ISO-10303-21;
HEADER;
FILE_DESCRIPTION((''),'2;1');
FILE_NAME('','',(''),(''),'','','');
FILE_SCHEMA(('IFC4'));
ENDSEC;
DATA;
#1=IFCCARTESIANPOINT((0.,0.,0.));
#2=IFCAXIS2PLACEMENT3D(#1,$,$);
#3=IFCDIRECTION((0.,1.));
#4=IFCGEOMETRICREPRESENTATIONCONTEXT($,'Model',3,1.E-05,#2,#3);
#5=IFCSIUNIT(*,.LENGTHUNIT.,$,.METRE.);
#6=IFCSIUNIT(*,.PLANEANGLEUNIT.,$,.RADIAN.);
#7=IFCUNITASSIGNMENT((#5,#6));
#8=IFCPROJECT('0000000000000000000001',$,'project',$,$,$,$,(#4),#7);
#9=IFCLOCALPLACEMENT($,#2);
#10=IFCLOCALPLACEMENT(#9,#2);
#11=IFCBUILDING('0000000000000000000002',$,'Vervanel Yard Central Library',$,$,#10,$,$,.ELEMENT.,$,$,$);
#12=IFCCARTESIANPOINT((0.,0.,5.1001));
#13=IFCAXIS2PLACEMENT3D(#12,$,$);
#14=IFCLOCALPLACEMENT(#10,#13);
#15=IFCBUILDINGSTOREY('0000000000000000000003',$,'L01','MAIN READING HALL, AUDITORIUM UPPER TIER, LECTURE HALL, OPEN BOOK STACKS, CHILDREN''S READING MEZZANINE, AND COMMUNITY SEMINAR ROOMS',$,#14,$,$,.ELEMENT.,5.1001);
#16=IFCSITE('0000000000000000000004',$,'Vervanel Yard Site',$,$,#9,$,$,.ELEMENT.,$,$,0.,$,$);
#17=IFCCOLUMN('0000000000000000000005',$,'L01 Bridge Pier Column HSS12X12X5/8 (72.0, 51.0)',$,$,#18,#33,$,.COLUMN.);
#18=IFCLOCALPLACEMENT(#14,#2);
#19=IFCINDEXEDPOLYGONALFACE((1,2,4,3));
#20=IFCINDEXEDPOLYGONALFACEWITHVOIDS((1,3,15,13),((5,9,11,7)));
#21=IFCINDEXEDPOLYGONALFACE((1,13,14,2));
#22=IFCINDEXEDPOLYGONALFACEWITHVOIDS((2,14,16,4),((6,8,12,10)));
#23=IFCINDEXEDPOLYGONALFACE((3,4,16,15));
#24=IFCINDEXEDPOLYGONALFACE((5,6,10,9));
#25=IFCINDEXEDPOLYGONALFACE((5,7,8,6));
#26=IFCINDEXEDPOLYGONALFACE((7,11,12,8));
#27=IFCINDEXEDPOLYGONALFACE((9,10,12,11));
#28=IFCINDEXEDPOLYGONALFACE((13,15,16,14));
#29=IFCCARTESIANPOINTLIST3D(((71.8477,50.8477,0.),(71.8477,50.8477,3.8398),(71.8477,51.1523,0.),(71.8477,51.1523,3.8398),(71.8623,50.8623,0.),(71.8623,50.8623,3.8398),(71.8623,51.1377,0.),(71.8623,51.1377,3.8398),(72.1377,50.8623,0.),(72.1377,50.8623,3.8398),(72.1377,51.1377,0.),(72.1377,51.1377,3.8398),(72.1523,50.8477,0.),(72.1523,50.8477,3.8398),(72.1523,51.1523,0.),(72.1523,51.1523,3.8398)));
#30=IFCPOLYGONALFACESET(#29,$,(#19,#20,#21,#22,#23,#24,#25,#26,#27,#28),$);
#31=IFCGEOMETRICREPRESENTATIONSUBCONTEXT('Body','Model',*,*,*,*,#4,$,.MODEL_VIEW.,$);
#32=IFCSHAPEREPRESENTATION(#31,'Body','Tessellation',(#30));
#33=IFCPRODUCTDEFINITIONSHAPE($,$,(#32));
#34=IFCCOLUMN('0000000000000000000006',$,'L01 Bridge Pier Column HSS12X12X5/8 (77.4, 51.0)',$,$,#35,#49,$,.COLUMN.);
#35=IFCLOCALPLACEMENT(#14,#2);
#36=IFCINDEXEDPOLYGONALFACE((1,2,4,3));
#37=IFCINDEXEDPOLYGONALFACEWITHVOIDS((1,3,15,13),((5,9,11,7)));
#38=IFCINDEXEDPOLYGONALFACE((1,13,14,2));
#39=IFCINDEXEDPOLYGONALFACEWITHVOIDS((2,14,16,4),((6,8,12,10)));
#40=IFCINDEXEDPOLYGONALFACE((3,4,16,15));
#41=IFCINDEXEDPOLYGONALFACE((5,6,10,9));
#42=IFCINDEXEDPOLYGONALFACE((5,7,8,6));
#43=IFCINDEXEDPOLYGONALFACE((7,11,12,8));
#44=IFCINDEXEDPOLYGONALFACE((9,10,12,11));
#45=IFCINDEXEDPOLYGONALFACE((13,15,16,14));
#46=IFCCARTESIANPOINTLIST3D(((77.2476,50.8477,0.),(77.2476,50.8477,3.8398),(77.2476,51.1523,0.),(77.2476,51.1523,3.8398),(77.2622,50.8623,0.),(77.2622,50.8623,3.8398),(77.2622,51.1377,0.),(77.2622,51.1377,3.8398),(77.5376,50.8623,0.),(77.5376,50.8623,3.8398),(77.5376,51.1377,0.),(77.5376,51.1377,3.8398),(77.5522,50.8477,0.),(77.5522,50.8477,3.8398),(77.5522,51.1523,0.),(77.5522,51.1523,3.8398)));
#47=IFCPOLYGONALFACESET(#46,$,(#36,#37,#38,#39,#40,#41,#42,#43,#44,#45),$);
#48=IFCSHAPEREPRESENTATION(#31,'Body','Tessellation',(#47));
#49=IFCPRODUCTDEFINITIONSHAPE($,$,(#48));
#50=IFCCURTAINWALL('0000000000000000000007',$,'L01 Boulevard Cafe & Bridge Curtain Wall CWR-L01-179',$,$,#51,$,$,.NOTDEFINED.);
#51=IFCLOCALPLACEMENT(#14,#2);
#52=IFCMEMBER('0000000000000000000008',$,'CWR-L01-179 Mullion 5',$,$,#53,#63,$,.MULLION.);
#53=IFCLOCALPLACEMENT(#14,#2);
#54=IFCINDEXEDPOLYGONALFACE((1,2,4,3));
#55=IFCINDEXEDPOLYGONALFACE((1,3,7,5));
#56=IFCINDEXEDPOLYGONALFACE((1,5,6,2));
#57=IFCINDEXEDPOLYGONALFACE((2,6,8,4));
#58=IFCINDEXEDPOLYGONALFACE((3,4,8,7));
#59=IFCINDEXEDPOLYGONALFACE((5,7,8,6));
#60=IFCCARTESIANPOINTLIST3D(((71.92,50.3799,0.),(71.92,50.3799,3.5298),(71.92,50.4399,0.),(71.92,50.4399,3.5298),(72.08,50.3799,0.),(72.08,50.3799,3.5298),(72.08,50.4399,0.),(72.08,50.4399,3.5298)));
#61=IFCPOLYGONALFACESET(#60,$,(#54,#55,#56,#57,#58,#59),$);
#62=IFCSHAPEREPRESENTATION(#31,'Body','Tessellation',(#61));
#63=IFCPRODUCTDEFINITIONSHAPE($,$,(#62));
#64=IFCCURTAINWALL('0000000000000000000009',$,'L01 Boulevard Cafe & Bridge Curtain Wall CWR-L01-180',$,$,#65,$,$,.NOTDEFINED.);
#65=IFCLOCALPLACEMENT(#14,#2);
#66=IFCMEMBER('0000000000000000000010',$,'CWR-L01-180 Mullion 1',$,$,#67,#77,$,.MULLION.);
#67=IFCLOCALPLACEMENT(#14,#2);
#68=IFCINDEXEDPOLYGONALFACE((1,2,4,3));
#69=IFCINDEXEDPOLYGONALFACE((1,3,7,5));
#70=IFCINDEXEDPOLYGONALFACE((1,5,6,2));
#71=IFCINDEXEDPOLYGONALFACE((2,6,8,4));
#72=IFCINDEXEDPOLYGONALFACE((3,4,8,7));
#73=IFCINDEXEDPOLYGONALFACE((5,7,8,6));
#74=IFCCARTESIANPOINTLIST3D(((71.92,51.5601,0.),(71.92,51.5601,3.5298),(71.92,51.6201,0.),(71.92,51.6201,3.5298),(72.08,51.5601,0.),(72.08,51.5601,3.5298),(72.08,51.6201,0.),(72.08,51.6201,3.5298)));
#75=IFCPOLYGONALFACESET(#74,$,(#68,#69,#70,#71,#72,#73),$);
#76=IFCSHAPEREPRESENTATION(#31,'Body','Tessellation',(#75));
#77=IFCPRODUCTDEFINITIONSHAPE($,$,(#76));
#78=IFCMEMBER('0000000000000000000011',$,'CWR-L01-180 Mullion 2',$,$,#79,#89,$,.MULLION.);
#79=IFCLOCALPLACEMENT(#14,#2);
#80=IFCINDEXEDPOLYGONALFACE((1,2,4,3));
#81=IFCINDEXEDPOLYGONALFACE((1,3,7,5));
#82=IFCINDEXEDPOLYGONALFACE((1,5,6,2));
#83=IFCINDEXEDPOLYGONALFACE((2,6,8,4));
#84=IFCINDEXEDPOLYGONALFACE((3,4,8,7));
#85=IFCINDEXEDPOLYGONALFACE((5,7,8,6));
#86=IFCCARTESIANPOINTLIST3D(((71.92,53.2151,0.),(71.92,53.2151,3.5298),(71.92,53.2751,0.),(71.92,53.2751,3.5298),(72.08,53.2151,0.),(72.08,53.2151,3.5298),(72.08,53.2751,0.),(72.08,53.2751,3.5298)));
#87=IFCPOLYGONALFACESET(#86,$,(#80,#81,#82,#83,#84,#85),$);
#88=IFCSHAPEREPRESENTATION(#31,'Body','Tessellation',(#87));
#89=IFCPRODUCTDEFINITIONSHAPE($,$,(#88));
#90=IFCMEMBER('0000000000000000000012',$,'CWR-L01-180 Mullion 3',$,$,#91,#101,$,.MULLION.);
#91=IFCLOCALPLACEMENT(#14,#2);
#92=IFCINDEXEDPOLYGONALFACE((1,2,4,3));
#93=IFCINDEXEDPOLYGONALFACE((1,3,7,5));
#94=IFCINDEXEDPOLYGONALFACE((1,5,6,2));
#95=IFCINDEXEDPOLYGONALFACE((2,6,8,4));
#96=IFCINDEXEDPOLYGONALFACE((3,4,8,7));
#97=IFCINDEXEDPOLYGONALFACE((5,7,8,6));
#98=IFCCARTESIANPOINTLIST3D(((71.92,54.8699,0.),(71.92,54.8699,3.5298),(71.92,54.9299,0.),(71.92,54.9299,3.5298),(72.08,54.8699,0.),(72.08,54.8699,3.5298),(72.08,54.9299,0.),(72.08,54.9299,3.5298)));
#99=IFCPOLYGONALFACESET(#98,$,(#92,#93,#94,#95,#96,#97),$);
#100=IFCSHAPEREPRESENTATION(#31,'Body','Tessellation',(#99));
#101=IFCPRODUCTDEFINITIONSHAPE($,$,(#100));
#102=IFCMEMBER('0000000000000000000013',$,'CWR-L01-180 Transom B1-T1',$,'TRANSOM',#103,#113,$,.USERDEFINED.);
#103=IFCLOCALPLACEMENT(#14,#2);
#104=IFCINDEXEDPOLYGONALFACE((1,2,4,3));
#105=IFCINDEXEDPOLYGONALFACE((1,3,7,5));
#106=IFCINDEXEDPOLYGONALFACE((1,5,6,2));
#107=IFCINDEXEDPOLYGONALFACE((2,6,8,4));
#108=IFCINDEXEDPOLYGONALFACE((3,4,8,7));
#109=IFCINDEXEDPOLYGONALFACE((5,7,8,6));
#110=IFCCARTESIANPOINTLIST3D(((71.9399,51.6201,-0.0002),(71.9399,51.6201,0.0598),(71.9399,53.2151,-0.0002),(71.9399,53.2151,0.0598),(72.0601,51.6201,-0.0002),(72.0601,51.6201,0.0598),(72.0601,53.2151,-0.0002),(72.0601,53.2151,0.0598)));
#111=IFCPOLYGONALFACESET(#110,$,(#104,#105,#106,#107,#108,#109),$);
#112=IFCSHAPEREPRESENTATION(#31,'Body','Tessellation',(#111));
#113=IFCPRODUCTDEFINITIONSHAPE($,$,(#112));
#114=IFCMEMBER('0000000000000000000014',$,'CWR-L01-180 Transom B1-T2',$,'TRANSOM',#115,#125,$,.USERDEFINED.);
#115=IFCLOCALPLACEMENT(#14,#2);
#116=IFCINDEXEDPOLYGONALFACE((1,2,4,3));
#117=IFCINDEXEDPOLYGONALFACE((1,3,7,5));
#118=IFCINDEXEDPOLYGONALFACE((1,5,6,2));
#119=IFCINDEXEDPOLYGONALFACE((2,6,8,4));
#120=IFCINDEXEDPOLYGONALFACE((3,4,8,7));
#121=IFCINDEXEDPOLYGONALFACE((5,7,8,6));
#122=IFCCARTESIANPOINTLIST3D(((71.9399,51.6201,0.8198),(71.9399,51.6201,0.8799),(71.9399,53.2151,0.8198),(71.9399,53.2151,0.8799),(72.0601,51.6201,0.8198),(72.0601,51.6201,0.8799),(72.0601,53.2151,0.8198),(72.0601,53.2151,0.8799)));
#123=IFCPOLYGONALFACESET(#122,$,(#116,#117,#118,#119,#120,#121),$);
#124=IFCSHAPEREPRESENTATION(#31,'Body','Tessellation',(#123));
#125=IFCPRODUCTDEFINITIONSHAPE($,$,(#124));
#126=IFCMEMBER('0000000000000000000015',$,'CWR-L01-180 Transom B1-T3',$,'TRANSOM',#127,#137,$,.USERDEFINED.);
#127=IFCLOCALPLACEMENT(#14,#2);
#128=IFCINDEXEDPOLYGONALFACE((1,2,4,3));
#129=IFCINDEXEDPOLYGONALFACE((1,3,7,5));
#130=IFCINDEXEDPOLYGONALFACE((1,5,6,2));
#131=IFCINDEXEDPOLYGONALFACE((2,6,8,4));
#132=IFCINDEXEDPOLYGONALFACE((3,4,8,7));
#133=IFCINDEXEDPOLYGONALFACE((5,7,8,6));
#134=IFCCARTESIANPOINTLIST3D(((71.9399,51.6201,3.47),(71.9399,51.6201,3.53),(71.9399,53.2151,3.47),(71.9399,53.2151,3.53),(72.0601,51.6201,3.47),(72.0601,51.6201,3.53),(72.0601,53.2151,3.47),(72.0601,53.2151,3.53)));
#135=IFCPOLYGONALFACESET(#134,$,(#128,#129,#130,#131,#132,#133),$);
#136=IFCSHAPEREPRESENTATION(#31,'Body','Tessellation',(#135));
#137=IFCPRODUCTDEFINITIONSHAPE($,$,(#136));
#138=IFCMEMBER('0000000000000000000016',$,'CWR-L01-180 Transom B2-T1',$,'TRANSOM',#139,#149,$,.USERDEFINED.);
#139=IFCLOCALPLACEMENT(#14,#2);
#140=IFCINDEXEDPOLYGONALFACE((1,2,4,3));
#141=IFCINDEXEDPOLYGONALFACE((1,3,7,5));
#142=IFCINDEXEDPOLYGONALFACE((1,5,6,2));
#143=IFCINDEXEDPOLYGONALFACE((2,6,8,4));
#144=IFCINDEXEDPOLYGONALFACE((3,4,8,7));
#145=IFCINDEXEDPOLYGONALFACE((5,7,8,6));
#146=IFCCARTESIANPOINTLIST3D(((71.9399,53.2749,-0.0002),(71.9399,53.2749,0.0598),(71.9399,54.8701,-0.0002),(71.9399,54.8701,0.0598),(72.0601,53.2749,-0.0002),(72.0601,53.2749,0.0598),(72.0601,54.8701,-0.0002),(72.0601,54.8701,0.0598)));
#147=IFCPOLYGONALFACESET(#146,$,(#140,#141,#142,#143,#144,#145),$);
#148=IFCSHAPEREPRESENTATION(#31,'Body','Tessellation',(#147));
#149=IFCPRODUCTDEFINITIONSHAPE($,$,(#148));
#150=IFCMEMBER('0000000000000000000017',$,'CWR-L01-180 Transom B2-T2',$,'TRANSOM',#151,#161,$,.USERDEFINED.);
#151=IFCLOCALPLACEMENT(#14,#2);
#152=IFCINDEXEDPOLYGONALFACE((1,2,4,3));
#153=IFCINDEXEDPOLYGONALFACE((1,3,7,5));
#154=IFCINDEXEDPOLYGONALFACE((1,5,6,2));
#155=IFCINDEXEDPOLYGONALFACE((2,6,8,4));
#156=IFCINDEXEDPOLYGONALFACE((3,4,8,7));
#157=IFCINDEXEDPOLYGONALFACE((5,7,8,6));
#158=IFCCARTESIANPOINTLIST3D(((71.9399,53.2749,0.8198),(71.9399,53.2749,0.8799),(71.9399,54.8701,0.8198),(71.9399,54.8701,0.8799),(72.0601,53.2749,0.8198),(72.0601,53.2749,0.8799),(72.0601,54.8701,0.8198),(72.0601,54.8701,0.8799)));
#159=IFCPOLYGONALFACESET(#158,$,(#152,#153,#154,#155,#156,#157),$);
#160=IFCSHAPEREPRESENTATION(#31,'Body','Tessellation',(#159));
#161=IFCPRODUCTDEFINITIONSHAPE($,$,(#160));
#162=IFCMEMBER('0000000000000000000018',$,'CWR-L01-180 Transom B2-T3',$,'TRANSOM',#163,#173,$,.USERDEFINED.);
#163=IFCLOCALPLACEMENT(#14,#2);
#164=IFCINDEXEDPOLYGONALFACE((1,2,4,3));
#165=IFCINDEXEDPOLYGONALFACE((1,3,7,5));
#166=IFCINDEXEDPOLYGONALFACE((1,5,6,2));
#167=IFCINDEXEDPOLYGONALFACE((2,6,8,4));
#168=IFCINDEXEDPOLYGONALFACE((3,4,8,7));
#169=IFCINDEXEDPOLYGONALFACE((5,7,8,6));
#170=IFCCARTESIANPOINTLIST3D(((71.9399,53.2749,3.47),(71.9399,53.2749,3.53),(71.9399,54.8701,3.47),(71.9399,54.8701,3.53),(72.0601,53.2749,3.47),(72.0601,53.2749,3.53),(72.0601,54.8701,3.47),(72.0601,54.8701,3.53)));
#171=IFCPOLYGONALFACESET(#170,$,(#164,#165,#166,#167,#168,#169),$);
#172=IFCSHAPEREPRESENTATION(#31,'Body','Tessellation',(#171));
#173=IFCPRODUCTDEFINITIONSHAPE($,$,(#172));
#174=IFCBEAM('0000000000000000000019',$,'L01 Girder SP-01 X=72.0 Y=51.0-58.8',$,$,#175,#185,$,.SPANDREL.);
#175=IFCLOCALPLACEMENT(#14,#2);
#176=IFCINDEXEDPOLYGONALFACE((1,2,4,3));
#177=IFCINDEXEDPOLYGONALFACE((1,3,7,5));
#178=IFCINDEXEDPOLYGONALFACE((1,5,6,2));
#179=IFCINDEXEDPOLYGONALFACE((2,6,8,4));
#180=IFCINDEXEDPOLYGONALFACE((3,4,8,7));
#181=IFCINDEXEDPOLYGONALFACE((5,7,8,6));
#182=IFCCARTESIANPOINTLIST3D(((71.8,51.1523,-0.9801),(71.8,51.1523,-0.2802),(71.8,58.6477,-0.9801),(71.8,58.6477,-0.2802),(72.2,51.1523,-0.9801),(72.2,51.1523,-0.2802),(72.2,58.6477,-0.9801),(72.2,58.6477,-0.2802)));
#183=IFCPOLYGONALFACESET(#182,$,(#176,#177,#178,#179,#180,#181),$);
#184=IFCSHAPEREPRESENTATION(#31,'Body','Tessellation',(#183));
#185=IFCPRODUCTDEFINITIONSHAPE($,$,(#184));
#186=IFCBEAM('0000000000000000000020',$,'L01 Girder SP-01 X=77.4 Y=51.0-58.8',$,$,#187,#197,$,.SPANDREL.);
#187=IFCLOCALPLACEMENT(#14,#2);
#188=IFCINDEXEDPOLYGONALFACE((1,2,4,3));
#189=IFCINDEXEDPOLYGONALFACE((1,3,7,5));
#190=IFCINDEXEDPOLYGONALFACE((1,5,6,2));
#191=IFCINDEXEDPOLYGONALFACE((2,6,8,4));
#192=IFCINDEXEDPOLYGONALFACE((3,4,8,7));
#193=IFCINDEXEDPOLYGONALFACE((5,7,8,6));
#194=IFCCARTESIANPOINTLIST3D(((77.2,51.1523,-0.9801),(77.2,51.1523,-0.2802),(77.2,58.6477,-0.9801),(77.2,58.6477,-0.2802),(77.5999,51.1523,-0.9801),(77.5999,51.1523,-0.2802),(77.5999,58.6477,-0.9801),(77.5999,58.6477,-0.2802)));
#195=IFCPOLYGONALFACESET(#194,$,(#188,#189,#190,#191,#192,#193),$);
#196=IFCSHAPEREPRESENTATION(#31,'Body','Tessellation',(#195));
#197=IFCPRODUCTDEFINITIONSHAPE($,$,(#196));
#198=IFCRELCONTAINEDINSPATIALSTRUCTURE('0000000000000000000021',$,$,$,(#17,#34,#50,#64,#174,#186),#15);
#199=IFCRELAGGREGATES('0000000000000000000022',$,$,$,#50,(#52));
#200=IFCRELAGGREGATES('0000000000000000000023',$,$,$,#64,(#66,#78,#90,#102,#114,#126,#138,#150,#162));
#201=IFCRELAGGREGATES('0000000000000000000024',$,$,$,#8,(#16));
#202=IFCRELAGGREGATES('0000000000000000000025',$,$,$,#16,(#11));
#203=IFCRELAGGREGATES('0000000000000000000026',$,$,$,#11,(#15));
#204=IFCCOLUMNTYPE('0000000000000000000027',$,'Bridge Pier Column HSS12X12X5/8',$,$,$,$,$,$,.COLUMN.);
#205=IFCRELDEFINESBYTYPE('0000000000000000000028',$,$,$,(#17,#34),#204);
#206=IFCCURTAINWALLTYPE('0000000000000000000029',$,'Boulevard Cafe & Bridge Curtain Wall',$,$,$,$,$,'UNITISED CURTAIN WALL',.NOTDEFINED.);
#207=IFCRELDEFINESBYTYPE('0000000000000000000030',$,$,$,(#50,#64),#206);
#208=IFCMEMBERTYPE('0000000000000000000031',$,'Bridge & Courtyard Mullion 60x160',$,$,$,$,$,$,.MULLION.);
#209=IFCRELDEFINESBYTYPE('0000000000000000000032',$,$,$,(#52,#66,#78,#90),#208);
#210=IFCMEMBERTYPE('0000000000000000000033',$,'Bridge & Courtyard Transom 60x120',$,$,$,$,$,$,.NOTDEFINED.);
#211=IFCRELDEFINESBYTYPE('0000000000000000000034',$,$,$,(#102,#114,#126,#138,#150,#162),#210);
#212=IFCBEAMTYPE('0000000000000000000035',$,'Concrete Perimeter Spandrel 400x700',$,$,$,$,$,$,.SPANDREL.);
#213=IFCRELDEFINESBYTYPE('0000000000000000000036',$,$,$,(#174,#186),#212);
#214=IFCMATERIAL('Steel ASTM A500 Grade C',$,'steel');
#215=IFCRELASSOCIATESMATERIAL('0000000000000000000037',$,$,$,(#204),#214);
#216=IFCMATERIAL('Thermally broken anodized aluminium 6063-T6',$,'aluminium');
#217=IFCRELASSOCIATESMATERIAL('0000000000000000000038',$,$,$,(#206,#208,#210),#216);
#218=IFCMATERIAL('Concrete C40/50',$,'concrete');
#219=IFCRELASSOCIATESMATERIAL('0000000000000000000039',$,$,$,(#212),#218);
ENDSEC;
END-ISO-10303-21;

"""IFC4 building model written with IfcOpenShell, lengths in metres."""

from ifc_helpers import new_model, si_unit, direction, frame, origin, origin_2d, place, context, subcontext, project, spatial, rectangle, hollow_rectangle, extrude, material, material_profile, profile_set, type_object, element, aggregate, save


model = new_model("IFC4")

# Units and contexts
model_context = context("Model", 3, precision=1e-05, world=origin(), true_north=direction((0.0, 1.0)))
body_context = subcontext(model_context, "Body", "Model", "MODEL_VIEW")
ifc_project = project(units=[si_unit("LENGTHUNIT", "METRE"), si_unit("PLANEANGLEUNIT", "RADIAN")], contexts=[model_context])

# Site, building, storey
site_placement = place(None, origin())
site = spatial("IfcSite", under=ifc_project, at=site_placement, Name="Vervanel Yard Site", CompositionType="ELEMENT", RefElevation=0.0)
building_placement = place(site_placement, origin())
building = spatial("IfcBuilding", under=site, at=building_placement, Name="Vervanel Yard Central Library", CompositionType="ELEMENT")
storey_placement = place(building_placement, frame((0.0, 0.0, 5.1001)))
storey = spatial("IfcBuildingStorey", under=building, at=storey_placement, Name="L01", Description="MAIN READING HALL, AUDITORIUM UPPER TIER, LECTURE HALL, OPEN BOOK STACKS, CHILDREN'S READING MEZZANINE, AND COMMUNITY SEMINAR ROOMS", CompositionType="ELEMENT", Elevation=5.1001)

# Columns
ifc_material_1 = material(Name="Steel ASTM A500 Grade C", Category="steel")
ifc_material_profile_1 = material_profile(ifc_material_1, hollow_rectangle(XDim=0.3047, YDim=0.3047, WallThickness=0.0146, at=origin_2d()), Name="HSS12X12X5/8", Category="steel")
ifc_profile_set_1 = profile_set([ifc_material_profile_1], Name="Steel ASTM A500 Grade C")
column_type = type_object("IfcColumnType", Name="Bridge Pier Column HSS12X12X5/8", PredefinedType="COLUMN", material=ifc_profile_set_1)
for number, where, z_axis, x_axis, name in (
    (1, (72.0, 51.0, 0.0), (0.0, 0.0, 1.0), (1.0, 0.0, 0.0), "L01 Bridge Pier Column HSS12X12X5/8 (72.0, 51.0)"),
    (2, (77.3999, 51.0, 0.0), (0.0, 0.0, 1.0), (1.0, 0.0, 0.0), "L01 Bridge Pier Column HSS12X12X5/8 (77.4, 51.0)"),
):
    element("IfcColumn", number, at=place(storey_placement, frame(where, z_axis=z_axis, x_axis=x_axis)), inside=storey, type_object=column_type, Name=name, PredefinedType="COLUMN", context=body_context, shape_type="SweptSolid", body=[
        extrude(hollow_rectangle(XDim=0.3047, YDim=0.3047, WallThickness=0.0146, at=origin_2d()), origin(), (0.0, 0.0, 1.0), 3.8398),
    ])

# Curtain wall, member
ifc_material_2 = material(Name="Thermally broken anodized aluminium 6063-T6", Category="aluminium")
curtain_wall_type = type_object("IfcCurtainWallType", Name="Boulevard Cafe & Bridge Curtain Wall", ElementType="UNITISED CURTAIN WALL", PredefinedType="NOTDEFINED", material=ifc_material_2)
curtain_wall_1_placement = place(storey_placement, origin())
curtain_wall_1 = element("IfcCurtainWall", 3, at=curtain_wall_1_placement, inside=storey, type_object=curtain_wall_type, Name="L01 Boulevard Cafe & Bridge Curtain Wall CWR-L01-179", PredefinedType="NOTDEFINED")
ifc_material_profile_2 = material_profile(ifc_material_2, rectangle(XDim=0.0601, YDim=0.1599, at=origin_2d()), Name="ALU 60x160", Category="aluminium")
ifc_profile_set_2 = profile_set([ifc_material_profile_2], Name="Thermally broken anodized aluminium 6063-T6")
member_type_1 = type_object("IfcMemberType", Name="Bridge & Courtyard Mullion 60x160", PredefinedType="MULLION", material=ifc_profile_set_2)
member_1_placement = place(storey_placement, frame((72.0, 50.4099, 0.0), z_axis=(0.0, 0.0, 1.0), x_axis=(0.0, 1.0, 0.0)))
member_1 = element("IfcMember", 4, at=member_1_placement, type_object=member_type_1, Name="CWR-L01-179 Mullion 5", PredefinedType="MULLION", context=body_context, shape_type="SweptSolid", body=[
    extrude(rectangle(XDim=0.0601, YDim=0.1599, at=origin_2d()), origin(), (0.0, 0.0, 1.0), 3.5298),
])
aggregate(curtain_wall_1, [member_1])

# Curtain wall, members
curtain_wall_2_placement = place(storey_placement, origin())
curtain_wall_2 = element("IfcCurtainWall", 5, at=curtain_wall_2_placement, inside=storey, type_object=curtain_wall_type, Name="L01 Boulevard Cafe & Bridge Curtain Wall CWR-L01-180", PredefinedType="NOTDEFINED")
member_2_placement = place(storey_placement, frame((72.0, 51.5901, 0.0), z_axis=(0.0, 0.0, 1.0), x_axis=(0.0, 1.0, 0.0)))
member_2 = element("IfcMember", 6, at=member_2_placement, type_object=member_type_1, Name="CWR-L01-180 Mullion 1", PredefinedType="MULLION", context=body_context, shape_type="SweptSolid", body=[
    extrude(rectangle(XDim=0.0601, YDim=0.1599, at=origin_2d()), origin(), (0.0, 0.0, 1.0), 3.5298),
])
member_3_placement = place(storey_placement, frame((72.0, 53.2451, 0.0), z_axis=(0.0, 0.0, 1.0), x_axis=(0.0, 1.0, 0.0)))
member_3 = element("IfcMember", 7, at=member_3_placement, type_object=member_type_1, Name="CWR-L01-180 Mullion 2", PredefinedType="MULLION", context=body_context, shape_type="SweptSolid", body=[
    extrude(rectangle(XDim=0.0601, YDim=0.1599, at=origin_2d()), origin(), (0.0, 0.0, 1.0), 3.5298),
])
member_4_placement = place(storey_placement, frame((72.0, 54.8999, 0.0), z_axis=(0.0, 0.0, 1.0), x_axis=(0.0, 1.0, 0.0)))
member_4 = element("IfcMember", 8, at=member_4_placement, type_object=member_type_1, Name="CWR-L01-180 Mullion 3", PredefinedType="MULLION", context=body_context, shape_type="SweptSolid", body=[
    extrude(rectangle(XDim=0.0601, YDim=0.1599, at=origin_2d()), origin(), (0.0, 0.0, 1.0), 3.5298),
])
ifc_material_profile_3 = material_profile(ifc_material_2, rectangle(XDim=0.0601, YDim=0.1201, at=origin_2d()), Name="ALU 60x120", Category="aluminium")
ifc_profile_set_3 = profile_set([ifc_material_profile_3], Name="Thermally broken anodized aluminium 6063-T6")
member_type_2 = type_object("IfcMemberType", Name="Bridge & Courtyard Transom 60x120", PredefinedType="NOTDEFINED", material=ifc_profile_set_3)
member_5_placement = place(storey_placement, frame((72.0, 51.6201, 0.0298), z_axis=(0.0, 1.0, 0.0), x_axis=(0.0, 0.0, 1.0)))
member_5 = element("IfcMember", 9, at=member_5_placement, type_object=member_type_2, Name="CWR-L01-180 Transom B1-T1", ObjectType="TRANSOM", PredefinedType="USERDEFINED", context=body_context, shape_type="SweptSolid", body=[
    extrude(rectangle(XDim=0.0601, YDim=0.1201, at=origin_2d()), origin(), (0.0, 0.0, 1.0), 1.595),
])
member_6_placement = place(storey_placement, frame((72.0, 51.6201, 0.8499), z_axis=(0.0, 1.0, 0.0), x_axis=(0.0, 0.0, 1.0)))
member_6 = element("IfcMember", 10, at=member_6_placement, type_object=member_type_2, Name="CWR-L01-180 Transom B1-T2", ObjectType="TRANSOM", PredefinedType="USERDEFINED", context=body_context, shape_type="SweptSolid", body=[
    extrude(rectangle(XDim=0.0601, YDim=0.1201, at=origin_2d()), origin(), (0.0, 0.0, 1.0), 1.595),
])
member_7_placement = place(storey_placement, frame((72.0, 51.6201, 3.5), z_axis=(0.0, 1.0, 0.0), x_axis=(0.0, 0.0, 1.0)))
member_7 = element("IfcMember", 11, at=member_7_placement, type_object=member_type_2, Name="CWR-L01-180 Transom B1-T3", ObjectType="TRANSOM", PredefinedType="USERDEFINED", context=body_context, shape_type="SweptSolid", body=[
    extrude(rectangle(XDim=0.0601, YDim=0.1201, at=origin_2d()), origin(), (0.0, 0.0, 1.0), 1.595),
])
member_8_placement = place(storey_placement, frame((72.0, 53.2749, 0.0298), z_axis=(0.0, 1.0, 0.0), x_axis=(0.0, 0.0, 1.0)))
member_8 = element("IfcMember", 12, at=member_8_placement, type_object=member_type_2, Name="CWR-L01-180 Transom B2-T1", ObjectType="TRANSOM", PredefinedType="USERDEFINED", context=body_context, shape_type="SweptSolid", body=[
    extrude(rectangle(XDim=0.0601, YDim=0.1201, at=origin_2d()), origin(), (0.0, 0.0, 1.0), 1.5952),
])
member_9_placement = place(storey_placement, frame((72.0, 53.2749, 0.8499), z_axis=(0.0, 1.0, 0.0), x_axis=(0.0, 0.0, 1.0)))
member_9 = element("IfcMember", 13, at=member_9_placement, type_object=member_type_2, Name="CWR-L01-180 Transom B2-T2", ObjectType="TRANSOM", PredefinedType="USERDEFINED", context=body_context, shape_type="SweptSolid", body=[
    extrude(rectangle(XDim=0.0601, YDim=0.1201, at=origin_2d()), origin(), (0.0, 0.0, 1.0), 1.5952),
])
member_10_placement = place(storey_placement, frame((72.0, 53.2749, 3.5), z_axis=(0.0, 1.0, 0.0), x_axis=(0.0, 0.0, 1.0)))
member_10 = element("IfcMember", 14, at=member_10_placement, type_object=member_type_2, Name="CWR-L01-180 Transom B2-T3", ObjectType="TRANSOM", PredefinedType="USERDEFINED", context=body_context, shape_type="SweptSolid", body=[
    extrude(rectangle(XDim=0.0601, YDim=0.1201, at=origin_2d()), origin(), (0.0, 0.0, 1.0), 1.5952),
])

# Beams
ifc_material_3 = material(Name="Concrete C40/50", Category="concrete")
ifc_material_profile_4 = material_profile(ifc_material_3, rectangle(XDim=0.3999, YDim=0.7, at=origin_2d()), Name="RC 400x700", Category="concrete")
ifc_profile_set_4 = profile_set([ifc_material_profile_4], Name="Concrete C40/50")
beam_type_1 = type_object("IfcBeamType", Name="Concrete Perimeter Spandrel 400x700", PredefinedType="SPANDREL", material=ifc_profile_set_4)
for number, where, z_axis, x_axis, name in (
    (15, (72.0, 51.1523, -0.6301), (0.0, 1.0, 0.0), (-1.0, 0.0, 0.0), "L01 Girder SP-01 X=72.0 Y=51.0-58.8"),
    (16, (77.3999, 51.1523, -0.6301), (0.0, 1.0, 0.0), (-1.0, 0.0, 0.0), "L01 Girder SP-01 X=77.4 Y=51.0-58.8"),
):
    element("IfcBeam", number, at=place(storey_placement, frame(where, z_axis=z_axis, x_axis=x_axis)), inside=storey, type_object=beam_type_1, Name=name, PredefinedType="SPANDREL", context=body_context, shape_type="SweptSolid", body=[
        extrude(rectangle(XDim=0.3999, YDim=0.7, at=origin_2d()), origin(), (0.0, 0.0, 1.0), 7.4954),
    ])

aggregate(curtain_wall_2, [member_2, member_3, member_4, member_5, member_6, member_7, member_8, member_9, member_10])

save(model, "model.ifc")
